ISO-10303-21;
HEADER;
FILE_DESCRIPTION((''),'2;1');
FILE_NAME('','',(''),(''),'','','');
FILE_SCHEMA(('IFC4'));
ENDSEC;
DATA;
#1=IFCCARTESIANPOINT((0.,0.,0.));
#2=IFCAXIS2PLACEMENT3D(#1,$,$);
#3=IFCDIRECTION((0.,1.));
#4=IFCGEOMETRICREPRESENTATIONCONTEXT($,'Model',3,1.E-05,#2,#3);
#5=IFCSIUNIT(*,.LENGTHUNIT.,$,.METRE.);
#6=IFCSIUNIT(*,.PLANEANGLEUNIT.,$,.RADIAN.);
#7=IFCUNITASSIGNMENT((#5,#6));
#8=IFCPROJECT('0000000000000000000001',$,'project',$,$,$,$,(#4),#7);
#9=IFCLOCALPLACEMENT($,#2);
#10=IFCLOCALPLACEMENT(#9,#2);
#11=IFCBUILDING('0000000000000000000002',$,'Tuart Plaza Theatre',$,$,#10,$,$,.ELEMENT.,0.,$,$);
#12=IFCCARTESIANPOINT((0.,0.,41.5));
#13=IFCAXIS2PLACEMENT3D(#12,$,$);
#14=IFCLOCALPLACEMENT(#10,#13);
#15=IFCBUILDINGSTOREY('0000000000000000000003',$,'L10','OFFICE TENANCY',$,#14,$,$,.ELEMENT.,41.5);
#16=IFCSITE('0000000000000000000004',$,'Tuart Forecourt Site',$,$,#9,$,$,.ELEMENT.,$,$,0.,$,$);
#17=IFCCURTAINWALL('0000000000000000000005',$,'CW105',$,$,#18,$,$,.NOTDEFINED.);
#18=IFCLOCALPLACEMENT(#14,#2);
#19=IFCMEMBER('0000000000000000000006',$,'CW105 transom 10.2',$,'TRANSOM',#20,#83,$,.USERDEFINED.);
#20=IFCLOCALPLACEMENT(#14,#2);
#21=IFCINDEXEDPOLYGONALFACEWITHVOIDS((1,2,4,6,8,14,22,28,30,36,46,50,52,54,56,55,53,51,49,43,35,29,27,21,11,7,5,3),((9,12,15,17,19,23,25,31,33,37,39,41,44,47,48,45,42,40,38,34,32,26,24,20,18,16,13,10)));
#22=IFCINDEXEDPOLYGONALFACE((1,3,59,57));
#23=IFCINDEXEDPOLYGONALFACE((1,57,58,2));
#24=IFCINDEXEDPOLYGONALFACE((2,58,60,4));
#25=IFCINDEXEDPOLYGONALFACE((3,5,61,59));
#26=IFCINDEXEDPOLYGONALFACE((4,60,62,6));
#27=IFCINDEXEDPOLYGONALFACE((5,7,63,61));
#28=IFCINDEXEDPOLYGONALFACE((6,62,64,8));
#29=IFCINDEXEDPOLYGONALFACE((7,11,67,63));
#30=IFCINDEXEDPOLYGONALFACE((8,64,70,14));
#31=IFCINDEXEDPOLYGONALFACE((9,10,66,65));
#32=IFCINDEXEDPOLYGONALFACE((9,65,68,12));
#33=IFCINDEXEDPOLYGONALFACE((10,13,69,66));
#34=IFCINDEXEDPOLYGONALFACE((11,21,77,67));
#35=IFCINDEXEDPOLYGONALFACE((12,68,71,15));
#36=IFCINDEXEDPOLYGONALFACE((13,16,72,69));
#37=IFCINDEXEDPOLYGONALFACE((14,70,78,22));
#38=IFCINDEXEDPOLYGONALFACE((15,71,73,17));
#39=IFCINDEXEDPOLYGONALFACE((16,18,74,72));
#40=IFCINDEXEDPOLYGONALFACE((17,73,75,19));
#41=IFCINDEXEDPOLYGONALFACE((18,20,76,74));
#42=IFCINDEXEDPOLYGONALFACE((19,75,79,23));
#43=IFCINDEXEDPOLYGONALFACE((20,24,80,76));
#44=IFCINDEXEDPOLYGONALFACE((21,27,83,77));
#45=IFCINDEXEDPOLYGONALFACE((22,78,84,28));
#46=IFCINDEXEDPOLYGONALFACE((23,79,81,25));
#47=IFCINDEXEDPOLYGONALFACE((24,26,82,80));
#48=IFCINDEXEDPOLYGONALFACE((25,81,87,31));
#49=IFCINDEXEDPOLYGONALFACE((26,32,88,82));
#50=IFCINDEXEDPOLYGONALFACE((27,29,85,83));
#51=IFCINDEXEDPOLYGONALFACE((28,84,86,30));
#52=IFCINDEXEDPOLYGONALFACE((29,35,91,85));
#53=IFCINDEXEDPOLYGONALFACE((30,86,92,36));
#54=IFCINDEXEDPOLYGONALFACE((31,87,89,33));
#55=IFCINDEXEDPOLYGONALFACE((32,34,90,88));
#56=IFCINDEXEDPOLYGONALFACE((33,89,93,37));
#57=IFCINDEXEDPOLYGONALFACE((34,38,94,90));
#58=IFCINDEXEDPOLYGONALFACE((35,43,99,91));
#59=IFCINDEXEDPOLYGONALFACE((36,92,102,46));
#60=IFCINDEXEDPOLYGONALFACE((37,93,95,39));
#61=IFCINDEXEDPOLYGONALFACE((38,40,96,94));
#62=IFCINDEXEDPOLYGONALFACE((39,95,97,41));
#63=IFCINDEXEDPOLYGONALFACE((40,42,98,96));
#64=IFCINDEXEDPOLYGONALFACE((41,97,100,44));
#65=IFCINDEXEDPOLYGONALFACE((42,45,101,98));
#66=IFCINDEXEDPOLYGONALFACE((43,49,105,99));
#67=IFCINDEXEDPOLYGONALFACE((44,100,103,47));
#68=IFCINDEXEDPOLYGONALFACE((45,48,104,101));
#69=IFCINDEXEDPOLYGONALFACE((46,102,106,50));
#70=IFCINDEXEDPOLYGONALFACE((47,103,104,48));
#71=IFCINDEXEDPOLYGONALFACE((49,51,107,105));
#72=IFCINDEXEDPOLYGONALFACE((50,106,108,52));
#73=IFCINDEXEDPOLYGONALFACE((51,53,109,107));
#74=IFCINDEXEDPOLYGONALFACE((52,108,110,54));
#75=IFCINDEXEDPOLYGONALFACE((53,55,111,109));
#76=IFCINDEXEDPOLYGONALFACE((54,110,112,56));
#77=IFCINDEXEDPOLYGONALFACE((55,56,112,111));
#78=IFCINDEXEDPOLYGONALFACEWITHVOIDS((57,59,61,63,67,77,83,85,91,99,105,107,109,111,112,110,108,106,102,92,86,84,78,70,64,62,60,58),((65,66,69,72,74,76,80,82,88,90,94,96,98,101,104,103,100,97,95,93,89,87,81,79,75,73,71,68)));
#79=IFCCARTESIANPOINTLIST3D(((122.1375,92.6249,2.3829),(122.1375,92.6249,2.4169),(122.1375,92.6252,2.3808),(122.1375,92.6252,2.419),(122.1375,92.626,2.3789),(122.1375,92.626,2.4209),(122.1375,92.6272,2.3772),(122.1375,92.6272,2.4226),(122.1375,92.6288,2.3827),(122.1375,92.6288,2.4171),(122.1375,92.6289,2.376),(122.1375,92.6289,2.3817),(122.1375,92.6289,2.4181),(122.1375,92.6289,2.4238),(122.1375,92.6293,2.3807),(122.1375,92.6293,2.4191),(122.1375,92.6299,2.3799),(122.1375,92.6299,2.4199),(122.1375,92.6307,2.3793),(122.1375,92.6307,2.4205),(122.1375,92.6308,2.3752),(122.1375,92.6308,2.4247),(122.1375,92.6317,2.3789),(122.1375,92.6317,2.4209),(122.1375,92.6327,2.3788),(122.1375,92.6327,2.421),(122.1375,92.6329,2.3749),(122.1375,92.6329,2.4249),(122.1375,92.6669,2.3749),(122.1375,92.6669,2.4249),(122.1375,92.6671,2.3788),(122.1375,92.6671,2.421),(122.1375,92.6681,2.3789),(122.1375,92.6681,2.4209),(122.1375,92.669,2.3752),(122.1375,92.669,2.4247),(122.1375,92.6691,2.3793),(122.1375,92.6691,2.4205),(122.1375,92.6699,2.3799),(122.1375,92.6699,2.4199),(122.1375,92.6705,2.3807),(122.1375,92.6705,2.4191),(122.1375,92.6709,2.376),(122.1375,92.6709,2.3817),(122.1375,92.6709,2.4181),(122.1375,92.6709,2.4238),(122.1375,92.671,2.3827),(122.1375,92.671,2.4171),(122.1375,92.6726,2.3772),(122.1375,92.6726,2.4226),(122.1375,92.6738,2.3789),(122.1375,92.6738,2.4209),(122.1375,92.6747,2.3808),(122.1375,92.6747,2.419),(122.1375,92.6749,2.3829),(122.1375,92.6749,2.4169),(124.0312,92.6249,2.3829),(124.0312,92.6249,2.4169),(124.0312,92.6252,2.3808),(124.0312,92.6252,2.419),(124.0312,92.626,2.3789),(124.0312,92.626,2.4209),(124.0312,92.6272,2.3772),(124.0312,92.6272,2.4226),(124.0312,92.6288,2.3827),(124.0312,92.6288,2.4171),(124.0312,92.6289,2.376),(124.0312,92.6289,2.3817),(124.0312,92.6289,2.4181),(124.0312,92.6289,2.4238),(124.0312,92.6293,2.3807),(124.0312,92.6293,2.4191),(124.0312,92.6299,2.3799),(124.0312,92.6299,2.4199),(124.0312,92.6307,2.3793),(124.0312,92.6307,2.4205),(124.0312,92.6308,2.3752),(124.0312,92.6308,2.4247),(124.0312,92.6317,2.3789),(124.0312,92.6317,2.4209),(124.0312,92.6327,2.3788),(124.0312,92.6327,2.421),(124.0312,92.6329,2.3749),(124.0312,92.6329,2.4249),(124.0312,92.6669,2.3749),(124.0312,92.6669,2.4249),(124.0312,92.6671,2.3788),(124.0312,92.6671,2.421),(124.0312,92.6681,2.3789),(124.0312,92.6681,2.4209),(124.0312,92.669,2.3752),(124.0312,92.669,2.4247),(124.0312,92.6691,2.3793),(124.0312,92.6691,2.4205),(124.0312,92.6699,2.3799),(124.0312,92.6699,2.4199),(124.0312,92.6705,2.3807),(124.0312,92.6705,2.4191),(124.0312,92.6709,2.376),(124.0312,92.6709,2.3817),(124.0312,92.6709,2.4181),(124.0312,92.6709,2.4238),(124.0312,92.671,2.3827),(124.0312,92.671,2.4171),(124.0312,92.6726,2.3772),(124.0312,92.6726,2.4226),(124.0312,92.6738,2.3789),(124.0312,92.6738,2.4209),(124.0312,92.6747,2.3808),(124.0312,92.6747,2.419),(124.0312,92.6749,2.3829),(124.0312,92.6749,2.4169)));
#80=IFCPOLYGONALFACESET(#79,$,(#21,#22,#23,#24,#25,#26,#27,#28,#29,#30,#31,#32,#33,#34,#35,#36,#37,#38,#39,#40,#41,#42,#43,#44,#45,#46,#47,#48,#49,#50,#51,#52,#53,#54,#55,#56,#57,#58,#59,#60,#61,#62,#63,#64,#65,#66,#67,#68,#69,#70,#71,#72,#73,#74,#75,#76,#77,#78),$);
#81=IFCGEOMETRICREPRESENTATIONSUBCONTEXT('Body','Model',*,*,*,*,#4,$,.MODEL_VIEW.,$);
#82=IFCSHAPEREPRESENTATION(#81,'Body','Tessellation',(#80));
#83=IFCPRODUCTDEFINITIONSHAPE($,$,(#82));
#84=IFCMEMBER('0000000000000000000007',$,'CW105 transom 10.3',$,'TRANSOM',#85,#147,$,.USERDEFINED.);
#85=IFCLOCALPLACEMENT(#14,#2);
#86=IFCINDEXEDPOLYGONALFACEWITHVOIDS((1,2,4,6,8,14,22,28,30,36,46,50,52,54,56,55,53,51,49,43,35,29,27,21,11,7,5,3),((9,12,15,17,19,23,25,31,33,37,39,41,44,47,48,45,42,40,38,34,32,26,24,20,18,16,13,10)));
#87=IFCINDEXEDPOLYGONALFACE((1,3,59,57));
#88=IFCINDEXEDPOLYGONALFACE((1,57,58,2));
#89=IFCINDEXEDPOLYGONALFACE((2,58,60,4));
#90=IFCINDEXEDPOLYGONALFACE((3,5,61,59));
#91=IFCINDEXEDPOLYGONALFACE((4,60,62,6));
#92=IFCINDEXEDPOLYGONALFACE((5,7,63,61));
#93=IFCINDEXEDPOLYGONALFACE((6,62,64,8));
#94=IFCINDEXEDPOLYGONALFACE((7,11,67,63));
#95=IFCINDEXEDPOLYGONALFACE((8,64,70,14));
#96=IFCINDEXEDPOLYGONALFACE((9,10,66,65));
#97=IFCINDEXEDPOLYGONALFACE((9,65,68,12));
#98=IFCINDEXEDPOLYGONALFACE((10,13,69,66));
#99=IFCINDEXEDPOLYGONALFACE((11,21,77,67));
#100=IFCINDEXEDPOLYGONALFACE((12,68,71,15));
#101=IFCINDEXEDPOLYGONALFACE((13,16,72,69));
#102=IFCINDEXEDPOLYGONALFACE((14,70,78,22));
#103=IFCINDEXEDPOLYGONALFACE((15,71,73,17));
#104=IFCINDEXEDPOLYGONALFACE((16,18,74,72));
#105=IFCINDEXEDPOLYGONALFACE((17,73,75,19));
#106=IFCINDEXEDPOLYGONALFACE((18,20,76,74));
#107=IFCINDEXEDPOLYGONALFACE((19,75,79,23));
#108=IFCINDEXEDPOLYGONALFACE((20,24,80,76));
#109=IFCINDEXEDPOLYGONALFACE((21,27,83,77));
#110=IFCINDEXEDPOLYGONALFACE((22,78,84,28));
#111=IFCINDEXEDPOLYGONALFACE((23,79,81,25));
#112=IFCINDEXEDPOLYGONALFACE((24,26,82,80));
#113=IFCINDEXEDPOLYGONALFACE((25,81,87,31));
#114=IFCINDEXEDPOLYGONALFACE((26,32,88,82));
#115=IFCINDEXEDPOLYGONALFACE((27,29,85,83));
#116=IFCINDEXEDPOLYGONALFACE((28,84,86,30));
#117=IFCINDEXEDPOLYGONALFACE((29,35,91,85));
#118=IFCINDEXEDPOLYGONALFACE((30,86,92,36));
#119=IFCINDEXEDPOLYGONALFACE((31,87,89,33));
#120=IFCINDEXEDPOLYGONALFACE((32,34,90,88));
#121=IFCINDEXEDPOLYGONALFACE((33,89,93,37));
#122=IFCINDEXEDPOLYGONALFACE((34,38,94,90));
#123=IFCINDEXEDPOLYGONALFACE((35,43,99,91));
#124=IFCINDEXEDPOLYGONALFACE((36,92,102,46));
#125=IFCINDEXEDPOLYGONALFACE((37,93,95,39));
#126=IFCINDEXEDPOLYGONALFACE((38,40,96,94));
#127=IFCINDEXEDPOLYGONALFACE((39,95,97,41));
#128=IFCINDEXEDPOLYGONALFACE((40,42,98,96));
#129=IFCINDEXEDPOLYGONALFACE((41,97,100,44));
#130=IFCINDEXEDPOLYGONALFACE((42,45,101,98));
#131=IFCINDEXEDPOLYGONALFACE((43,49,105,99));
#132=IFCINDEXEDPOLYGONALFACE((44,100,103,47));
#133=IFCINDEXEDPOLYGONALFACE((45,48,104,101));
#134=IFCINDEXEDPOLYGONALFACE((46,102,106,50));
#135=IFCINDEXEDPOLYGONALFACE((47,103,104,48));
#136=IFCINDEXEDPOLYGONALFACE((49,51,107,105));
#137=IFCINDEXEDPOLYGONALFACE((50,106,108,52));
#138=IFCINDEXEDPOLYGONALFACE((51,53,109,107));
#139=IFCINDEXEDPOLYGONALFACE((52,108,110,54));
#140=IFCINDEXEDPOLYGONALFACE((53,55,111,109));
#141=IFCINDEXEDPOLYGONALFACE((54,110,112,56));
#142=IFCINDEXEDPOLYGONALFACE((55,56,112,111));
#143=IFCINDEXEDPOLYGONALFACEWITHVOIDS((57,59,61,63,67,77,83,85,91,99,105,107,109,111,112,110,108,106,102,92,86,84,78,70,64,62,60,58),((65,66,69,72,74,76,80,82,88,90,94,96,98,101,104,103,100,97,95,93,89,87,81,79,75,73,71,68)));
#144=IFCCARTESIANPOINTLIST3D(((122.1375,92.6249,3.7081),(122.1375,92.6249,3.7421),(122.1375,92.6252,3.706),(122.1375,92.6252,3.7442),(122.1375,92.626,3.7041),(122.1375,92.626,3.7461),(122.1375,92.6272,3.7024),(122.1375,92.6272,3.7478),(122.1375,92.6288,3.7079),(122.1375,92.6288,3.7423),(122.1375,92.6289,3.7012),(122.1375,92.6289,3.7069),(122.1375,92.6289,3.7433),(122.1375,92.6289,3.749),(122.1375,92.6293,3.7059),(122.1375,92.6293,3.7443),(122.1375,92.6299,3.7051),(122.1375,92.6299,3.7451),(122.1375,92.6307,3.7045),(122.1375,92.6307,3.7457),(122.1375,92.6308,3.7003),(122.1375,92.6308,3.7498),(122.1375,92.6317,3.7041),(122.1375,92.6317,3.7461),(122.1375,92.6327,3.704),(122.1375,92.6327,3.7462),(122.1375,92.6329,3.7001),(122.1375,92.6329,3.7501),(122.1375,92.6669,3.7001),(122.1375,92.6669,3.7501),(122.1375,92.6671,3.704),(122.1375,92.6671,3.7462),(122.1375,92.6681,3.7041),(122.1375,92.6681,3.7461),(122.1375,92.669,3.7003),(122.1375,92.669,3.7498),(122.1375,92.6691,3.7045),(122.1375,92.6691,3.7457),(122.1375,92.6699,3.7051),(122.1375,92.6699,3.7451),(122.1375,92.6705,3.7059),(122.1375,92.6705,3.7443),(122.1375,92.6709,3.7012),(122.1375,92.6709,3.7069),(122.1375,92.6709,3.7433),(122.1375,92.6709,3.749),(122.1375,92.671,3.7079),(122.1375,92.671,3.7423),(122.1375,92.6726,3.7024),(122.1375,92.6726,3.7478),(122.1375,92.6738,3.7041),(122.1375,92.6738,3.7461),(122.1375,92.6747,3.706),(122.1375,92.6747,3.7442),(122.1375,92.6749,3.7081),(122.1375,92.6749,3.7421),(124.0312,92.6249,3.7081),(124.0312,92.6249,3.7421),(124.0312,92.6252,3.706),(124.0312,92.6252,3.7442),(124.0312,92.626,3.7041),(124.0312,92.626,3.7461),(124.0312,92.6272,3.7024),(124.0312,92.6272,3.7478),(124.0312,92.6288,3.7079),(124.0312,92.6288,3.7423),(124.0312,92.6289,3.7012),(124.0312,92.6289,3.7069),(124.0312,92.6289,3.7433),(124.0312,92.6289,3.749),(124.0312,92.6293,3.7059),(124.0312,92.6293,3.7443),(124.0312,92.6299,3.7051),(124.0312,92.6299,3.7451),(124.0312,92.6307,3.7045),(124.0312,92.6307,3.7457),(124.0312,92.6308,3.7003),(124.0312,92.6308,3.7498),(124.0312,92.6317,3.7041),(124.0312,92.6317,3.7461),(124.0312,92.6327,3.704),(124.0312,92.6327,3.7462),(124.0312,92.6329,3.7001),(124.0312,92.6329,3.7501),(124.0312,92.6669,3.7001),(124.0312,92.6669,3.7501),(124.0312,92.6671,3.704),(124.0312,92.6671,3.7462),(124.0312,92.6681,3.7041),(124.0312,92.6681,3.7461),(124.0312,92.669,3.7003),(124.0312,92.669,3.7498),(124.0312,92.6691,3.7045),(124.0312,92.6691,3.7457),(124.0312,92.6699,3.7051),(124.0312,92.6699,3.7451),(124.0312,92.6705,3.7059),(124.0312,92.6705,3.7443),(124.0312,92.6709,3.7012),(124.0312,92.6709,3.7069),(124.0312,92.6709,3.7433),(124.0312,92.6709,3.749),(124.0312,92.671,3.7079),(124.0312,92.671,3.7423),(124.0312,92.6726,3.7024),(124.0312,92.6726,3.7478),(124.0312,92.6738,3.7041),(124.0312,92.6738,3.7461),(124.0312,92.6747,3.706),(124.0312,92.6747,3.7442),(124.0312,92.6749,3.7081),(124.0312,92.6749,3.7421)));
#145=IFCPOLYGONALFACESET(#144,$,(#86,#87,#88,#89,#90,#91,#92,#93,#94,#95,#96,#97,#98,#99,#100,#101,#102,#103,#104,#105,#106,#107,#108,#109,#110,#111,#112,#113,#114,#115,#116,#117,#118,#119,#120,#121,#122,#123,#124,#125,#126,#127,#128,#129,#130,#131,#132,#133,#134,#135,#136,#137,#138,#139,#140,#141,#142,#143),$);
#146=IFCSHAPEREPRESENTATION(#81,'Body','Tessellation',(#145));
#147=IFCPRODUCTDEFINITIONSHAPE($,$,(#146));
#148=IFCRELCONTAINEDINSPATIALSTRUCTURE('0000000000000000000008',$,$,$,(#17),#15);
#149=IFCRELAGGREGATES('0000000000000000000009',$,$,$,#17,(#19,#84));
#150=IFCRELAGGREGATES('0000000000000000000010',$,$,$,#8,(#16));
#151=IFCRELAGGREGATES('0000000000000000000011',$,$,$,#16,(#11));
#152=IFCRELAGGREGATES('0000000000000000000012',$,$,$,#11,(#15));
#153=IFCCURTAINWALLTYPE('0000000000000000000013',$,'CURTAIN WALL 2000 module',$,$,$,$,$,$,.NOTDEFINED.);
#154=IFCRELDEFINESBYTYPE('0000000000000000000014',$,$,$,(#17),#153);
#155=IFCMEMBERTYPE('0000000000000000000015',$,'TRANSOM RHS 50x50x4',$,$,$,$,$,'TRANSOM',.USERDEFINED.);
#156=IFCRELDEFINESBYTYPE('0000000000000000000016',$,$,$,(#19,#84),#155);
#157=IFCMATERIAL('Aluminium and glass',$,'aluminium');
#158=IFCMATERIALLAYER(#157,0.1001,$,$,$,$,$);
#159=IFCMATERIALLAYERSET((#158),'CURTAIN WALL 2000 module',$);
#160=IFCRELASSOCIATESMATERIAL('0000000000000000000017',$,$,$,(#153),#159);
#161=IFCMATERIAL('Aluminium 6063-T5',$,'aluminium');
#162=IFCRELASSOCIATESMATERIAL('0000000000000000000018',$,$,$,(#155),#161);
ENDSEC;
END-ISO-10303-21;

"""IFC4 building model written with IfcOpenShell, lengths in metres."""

from ifc_helpers import new_model, si_unit, direction, frame, origin, origin_2d, place, context, subcontext, project, spatial, hollow_rectangle, extrude, material, layer, layer_set, material_profile, profile_set, type_object, element, aggregate, save


model = new_model("IFC4")

# Units and contexts
model_context = context("Model", 3, precision=1e-05, world=origin(), true_north=direction((0.0, 1.0)))
body_context = subcontext(model_context, "Body", "Model", "MODEL_VIEW")
ifc_project = project(units=[si_unit("LENGTHUNIT", "METRE"), si_unit("PLANEANGLEUNIT", "RADIAN")], contexts=[model_context])

# Site, building, storey
site_placement = place(None, origin())
site = spatial("IfcSite", under=ifc_project, at=site_placement, Name="Tuart Forecourt Site", CompositionType="ELEMENT", RefElevation=0.0)
building_placement = place(site_placement, origin())
building = spatial("IfcBuilding", under=site, at=building_placement, Name="Tuart Plaza Theatre", CompositionType="ELEMENT", ElevationOfRefHeight=0.0)
storey_placement = place(building_placement, frame((0.0, 0.0, 41.5)))
storey = spatial("IfcBuildingStorey", under=building, at=storey_placement, Name="L10", Description="OFFICE TENANCY", CompositionType="ELEMENT", Elevation=41.5)

# Curtain wall, members
ifc_material_1 = material(Name="Aluminium and glass", Category="aluminium")
ifc_layer_1 = layer(ifc_material_1, 0.1001)
ifc_layer_set_1 = layer_set([ifc_layer_1], Name="CURTAIN WALL 2000 module")
curtain_wall_type = type_object("IfcCurtainWallType", Name="CURTAIN WALL 2000 module", PredefinedType="NOTDEFINED", material=ifc_layer_set_1)
curtain_wall_placement = place(storey_placement, origin())
curtain_wall = element("IfcCurtainWall", 1, at=curtain_wall_placement, inside=storey, type_object=curtain_wall_type, Name="CW105", PredefinedType="NOTDEFINED")
ifc_material_2 = material(Name="Aluminium 6063-T5", Category="aluminium")
ifc_material_profile_1 = material_profile(ifc_material_2, hollow_rectangle(XDim=0.05, YDim=0.05, WallThickness=0.0039, InnerFilletRadius=0.0039, OuterFilletRadius=0.0081, at=origin_2d()), Name="RHS 50x50x4")
ifc_profile_set_1 = profile_set([ifc_material_profile_1], Name="Aluminium 6063-T5")
member_type_1 = type_object("IfcMemberType", Name="TRANSOM RHS 50x50x4", ElementType="TRANSOM", PredefinedType="USERDEFINED", material=ifc_profile_set_1)
member_1_placement = place(storey_placement, frame((124.0312, 92.6499, 2.3999), z_axis=(-1.0, 0.0, 0.0), x_axis=(0.0, -1.0, 0.0)))
member_1 = element("IfcMember", 2, at=member_1_placement, type_object=member_type_1, Name="CW105 transom 10.2", ObjectType="TRANSOM", PredefinedType="USERDEFINED", context=body_context, shape_type="SweptSolid", body=[
    extrude(hollow_rectangle(XDim=0.05, YDim=0.05, WallThickness=0.0039, InnerFilletRadius=0.0039, OuterFilletRadius=0.0081, at=origin_2d()), origin(), (0.0, 0.0, 1.0), 1.8938),
])
member_2_placement = place(storey_placement, frame((124.0312, 92.6499, 3.7251), z_axis=(-1.0, 0.0, 0.0), x_axis=(0.0, -1.0, 0.0)))
member_2 = element("IfcMember", 3, at=member_2_placement, type_object=member_type_1, Name="CW105 transom 10.3", ObjectType="TRANSOM", PredefinedType="USERDEFINED", context=body_context, shape_type="SweptSolid", body=[
    extrude(hollow_rectangle(XDim=0.05, YDim=0.05, WallThickness=0.0039, InnerFilletRadius=0.0039, OuterFilletRadius=0.0081, at=origin_2d()), origin(), (0.0, 0.0, 1.0), 1.8938),
])
aggregate(curtain_wall, [member_1, member_2])

save(model, "model.ifc")
